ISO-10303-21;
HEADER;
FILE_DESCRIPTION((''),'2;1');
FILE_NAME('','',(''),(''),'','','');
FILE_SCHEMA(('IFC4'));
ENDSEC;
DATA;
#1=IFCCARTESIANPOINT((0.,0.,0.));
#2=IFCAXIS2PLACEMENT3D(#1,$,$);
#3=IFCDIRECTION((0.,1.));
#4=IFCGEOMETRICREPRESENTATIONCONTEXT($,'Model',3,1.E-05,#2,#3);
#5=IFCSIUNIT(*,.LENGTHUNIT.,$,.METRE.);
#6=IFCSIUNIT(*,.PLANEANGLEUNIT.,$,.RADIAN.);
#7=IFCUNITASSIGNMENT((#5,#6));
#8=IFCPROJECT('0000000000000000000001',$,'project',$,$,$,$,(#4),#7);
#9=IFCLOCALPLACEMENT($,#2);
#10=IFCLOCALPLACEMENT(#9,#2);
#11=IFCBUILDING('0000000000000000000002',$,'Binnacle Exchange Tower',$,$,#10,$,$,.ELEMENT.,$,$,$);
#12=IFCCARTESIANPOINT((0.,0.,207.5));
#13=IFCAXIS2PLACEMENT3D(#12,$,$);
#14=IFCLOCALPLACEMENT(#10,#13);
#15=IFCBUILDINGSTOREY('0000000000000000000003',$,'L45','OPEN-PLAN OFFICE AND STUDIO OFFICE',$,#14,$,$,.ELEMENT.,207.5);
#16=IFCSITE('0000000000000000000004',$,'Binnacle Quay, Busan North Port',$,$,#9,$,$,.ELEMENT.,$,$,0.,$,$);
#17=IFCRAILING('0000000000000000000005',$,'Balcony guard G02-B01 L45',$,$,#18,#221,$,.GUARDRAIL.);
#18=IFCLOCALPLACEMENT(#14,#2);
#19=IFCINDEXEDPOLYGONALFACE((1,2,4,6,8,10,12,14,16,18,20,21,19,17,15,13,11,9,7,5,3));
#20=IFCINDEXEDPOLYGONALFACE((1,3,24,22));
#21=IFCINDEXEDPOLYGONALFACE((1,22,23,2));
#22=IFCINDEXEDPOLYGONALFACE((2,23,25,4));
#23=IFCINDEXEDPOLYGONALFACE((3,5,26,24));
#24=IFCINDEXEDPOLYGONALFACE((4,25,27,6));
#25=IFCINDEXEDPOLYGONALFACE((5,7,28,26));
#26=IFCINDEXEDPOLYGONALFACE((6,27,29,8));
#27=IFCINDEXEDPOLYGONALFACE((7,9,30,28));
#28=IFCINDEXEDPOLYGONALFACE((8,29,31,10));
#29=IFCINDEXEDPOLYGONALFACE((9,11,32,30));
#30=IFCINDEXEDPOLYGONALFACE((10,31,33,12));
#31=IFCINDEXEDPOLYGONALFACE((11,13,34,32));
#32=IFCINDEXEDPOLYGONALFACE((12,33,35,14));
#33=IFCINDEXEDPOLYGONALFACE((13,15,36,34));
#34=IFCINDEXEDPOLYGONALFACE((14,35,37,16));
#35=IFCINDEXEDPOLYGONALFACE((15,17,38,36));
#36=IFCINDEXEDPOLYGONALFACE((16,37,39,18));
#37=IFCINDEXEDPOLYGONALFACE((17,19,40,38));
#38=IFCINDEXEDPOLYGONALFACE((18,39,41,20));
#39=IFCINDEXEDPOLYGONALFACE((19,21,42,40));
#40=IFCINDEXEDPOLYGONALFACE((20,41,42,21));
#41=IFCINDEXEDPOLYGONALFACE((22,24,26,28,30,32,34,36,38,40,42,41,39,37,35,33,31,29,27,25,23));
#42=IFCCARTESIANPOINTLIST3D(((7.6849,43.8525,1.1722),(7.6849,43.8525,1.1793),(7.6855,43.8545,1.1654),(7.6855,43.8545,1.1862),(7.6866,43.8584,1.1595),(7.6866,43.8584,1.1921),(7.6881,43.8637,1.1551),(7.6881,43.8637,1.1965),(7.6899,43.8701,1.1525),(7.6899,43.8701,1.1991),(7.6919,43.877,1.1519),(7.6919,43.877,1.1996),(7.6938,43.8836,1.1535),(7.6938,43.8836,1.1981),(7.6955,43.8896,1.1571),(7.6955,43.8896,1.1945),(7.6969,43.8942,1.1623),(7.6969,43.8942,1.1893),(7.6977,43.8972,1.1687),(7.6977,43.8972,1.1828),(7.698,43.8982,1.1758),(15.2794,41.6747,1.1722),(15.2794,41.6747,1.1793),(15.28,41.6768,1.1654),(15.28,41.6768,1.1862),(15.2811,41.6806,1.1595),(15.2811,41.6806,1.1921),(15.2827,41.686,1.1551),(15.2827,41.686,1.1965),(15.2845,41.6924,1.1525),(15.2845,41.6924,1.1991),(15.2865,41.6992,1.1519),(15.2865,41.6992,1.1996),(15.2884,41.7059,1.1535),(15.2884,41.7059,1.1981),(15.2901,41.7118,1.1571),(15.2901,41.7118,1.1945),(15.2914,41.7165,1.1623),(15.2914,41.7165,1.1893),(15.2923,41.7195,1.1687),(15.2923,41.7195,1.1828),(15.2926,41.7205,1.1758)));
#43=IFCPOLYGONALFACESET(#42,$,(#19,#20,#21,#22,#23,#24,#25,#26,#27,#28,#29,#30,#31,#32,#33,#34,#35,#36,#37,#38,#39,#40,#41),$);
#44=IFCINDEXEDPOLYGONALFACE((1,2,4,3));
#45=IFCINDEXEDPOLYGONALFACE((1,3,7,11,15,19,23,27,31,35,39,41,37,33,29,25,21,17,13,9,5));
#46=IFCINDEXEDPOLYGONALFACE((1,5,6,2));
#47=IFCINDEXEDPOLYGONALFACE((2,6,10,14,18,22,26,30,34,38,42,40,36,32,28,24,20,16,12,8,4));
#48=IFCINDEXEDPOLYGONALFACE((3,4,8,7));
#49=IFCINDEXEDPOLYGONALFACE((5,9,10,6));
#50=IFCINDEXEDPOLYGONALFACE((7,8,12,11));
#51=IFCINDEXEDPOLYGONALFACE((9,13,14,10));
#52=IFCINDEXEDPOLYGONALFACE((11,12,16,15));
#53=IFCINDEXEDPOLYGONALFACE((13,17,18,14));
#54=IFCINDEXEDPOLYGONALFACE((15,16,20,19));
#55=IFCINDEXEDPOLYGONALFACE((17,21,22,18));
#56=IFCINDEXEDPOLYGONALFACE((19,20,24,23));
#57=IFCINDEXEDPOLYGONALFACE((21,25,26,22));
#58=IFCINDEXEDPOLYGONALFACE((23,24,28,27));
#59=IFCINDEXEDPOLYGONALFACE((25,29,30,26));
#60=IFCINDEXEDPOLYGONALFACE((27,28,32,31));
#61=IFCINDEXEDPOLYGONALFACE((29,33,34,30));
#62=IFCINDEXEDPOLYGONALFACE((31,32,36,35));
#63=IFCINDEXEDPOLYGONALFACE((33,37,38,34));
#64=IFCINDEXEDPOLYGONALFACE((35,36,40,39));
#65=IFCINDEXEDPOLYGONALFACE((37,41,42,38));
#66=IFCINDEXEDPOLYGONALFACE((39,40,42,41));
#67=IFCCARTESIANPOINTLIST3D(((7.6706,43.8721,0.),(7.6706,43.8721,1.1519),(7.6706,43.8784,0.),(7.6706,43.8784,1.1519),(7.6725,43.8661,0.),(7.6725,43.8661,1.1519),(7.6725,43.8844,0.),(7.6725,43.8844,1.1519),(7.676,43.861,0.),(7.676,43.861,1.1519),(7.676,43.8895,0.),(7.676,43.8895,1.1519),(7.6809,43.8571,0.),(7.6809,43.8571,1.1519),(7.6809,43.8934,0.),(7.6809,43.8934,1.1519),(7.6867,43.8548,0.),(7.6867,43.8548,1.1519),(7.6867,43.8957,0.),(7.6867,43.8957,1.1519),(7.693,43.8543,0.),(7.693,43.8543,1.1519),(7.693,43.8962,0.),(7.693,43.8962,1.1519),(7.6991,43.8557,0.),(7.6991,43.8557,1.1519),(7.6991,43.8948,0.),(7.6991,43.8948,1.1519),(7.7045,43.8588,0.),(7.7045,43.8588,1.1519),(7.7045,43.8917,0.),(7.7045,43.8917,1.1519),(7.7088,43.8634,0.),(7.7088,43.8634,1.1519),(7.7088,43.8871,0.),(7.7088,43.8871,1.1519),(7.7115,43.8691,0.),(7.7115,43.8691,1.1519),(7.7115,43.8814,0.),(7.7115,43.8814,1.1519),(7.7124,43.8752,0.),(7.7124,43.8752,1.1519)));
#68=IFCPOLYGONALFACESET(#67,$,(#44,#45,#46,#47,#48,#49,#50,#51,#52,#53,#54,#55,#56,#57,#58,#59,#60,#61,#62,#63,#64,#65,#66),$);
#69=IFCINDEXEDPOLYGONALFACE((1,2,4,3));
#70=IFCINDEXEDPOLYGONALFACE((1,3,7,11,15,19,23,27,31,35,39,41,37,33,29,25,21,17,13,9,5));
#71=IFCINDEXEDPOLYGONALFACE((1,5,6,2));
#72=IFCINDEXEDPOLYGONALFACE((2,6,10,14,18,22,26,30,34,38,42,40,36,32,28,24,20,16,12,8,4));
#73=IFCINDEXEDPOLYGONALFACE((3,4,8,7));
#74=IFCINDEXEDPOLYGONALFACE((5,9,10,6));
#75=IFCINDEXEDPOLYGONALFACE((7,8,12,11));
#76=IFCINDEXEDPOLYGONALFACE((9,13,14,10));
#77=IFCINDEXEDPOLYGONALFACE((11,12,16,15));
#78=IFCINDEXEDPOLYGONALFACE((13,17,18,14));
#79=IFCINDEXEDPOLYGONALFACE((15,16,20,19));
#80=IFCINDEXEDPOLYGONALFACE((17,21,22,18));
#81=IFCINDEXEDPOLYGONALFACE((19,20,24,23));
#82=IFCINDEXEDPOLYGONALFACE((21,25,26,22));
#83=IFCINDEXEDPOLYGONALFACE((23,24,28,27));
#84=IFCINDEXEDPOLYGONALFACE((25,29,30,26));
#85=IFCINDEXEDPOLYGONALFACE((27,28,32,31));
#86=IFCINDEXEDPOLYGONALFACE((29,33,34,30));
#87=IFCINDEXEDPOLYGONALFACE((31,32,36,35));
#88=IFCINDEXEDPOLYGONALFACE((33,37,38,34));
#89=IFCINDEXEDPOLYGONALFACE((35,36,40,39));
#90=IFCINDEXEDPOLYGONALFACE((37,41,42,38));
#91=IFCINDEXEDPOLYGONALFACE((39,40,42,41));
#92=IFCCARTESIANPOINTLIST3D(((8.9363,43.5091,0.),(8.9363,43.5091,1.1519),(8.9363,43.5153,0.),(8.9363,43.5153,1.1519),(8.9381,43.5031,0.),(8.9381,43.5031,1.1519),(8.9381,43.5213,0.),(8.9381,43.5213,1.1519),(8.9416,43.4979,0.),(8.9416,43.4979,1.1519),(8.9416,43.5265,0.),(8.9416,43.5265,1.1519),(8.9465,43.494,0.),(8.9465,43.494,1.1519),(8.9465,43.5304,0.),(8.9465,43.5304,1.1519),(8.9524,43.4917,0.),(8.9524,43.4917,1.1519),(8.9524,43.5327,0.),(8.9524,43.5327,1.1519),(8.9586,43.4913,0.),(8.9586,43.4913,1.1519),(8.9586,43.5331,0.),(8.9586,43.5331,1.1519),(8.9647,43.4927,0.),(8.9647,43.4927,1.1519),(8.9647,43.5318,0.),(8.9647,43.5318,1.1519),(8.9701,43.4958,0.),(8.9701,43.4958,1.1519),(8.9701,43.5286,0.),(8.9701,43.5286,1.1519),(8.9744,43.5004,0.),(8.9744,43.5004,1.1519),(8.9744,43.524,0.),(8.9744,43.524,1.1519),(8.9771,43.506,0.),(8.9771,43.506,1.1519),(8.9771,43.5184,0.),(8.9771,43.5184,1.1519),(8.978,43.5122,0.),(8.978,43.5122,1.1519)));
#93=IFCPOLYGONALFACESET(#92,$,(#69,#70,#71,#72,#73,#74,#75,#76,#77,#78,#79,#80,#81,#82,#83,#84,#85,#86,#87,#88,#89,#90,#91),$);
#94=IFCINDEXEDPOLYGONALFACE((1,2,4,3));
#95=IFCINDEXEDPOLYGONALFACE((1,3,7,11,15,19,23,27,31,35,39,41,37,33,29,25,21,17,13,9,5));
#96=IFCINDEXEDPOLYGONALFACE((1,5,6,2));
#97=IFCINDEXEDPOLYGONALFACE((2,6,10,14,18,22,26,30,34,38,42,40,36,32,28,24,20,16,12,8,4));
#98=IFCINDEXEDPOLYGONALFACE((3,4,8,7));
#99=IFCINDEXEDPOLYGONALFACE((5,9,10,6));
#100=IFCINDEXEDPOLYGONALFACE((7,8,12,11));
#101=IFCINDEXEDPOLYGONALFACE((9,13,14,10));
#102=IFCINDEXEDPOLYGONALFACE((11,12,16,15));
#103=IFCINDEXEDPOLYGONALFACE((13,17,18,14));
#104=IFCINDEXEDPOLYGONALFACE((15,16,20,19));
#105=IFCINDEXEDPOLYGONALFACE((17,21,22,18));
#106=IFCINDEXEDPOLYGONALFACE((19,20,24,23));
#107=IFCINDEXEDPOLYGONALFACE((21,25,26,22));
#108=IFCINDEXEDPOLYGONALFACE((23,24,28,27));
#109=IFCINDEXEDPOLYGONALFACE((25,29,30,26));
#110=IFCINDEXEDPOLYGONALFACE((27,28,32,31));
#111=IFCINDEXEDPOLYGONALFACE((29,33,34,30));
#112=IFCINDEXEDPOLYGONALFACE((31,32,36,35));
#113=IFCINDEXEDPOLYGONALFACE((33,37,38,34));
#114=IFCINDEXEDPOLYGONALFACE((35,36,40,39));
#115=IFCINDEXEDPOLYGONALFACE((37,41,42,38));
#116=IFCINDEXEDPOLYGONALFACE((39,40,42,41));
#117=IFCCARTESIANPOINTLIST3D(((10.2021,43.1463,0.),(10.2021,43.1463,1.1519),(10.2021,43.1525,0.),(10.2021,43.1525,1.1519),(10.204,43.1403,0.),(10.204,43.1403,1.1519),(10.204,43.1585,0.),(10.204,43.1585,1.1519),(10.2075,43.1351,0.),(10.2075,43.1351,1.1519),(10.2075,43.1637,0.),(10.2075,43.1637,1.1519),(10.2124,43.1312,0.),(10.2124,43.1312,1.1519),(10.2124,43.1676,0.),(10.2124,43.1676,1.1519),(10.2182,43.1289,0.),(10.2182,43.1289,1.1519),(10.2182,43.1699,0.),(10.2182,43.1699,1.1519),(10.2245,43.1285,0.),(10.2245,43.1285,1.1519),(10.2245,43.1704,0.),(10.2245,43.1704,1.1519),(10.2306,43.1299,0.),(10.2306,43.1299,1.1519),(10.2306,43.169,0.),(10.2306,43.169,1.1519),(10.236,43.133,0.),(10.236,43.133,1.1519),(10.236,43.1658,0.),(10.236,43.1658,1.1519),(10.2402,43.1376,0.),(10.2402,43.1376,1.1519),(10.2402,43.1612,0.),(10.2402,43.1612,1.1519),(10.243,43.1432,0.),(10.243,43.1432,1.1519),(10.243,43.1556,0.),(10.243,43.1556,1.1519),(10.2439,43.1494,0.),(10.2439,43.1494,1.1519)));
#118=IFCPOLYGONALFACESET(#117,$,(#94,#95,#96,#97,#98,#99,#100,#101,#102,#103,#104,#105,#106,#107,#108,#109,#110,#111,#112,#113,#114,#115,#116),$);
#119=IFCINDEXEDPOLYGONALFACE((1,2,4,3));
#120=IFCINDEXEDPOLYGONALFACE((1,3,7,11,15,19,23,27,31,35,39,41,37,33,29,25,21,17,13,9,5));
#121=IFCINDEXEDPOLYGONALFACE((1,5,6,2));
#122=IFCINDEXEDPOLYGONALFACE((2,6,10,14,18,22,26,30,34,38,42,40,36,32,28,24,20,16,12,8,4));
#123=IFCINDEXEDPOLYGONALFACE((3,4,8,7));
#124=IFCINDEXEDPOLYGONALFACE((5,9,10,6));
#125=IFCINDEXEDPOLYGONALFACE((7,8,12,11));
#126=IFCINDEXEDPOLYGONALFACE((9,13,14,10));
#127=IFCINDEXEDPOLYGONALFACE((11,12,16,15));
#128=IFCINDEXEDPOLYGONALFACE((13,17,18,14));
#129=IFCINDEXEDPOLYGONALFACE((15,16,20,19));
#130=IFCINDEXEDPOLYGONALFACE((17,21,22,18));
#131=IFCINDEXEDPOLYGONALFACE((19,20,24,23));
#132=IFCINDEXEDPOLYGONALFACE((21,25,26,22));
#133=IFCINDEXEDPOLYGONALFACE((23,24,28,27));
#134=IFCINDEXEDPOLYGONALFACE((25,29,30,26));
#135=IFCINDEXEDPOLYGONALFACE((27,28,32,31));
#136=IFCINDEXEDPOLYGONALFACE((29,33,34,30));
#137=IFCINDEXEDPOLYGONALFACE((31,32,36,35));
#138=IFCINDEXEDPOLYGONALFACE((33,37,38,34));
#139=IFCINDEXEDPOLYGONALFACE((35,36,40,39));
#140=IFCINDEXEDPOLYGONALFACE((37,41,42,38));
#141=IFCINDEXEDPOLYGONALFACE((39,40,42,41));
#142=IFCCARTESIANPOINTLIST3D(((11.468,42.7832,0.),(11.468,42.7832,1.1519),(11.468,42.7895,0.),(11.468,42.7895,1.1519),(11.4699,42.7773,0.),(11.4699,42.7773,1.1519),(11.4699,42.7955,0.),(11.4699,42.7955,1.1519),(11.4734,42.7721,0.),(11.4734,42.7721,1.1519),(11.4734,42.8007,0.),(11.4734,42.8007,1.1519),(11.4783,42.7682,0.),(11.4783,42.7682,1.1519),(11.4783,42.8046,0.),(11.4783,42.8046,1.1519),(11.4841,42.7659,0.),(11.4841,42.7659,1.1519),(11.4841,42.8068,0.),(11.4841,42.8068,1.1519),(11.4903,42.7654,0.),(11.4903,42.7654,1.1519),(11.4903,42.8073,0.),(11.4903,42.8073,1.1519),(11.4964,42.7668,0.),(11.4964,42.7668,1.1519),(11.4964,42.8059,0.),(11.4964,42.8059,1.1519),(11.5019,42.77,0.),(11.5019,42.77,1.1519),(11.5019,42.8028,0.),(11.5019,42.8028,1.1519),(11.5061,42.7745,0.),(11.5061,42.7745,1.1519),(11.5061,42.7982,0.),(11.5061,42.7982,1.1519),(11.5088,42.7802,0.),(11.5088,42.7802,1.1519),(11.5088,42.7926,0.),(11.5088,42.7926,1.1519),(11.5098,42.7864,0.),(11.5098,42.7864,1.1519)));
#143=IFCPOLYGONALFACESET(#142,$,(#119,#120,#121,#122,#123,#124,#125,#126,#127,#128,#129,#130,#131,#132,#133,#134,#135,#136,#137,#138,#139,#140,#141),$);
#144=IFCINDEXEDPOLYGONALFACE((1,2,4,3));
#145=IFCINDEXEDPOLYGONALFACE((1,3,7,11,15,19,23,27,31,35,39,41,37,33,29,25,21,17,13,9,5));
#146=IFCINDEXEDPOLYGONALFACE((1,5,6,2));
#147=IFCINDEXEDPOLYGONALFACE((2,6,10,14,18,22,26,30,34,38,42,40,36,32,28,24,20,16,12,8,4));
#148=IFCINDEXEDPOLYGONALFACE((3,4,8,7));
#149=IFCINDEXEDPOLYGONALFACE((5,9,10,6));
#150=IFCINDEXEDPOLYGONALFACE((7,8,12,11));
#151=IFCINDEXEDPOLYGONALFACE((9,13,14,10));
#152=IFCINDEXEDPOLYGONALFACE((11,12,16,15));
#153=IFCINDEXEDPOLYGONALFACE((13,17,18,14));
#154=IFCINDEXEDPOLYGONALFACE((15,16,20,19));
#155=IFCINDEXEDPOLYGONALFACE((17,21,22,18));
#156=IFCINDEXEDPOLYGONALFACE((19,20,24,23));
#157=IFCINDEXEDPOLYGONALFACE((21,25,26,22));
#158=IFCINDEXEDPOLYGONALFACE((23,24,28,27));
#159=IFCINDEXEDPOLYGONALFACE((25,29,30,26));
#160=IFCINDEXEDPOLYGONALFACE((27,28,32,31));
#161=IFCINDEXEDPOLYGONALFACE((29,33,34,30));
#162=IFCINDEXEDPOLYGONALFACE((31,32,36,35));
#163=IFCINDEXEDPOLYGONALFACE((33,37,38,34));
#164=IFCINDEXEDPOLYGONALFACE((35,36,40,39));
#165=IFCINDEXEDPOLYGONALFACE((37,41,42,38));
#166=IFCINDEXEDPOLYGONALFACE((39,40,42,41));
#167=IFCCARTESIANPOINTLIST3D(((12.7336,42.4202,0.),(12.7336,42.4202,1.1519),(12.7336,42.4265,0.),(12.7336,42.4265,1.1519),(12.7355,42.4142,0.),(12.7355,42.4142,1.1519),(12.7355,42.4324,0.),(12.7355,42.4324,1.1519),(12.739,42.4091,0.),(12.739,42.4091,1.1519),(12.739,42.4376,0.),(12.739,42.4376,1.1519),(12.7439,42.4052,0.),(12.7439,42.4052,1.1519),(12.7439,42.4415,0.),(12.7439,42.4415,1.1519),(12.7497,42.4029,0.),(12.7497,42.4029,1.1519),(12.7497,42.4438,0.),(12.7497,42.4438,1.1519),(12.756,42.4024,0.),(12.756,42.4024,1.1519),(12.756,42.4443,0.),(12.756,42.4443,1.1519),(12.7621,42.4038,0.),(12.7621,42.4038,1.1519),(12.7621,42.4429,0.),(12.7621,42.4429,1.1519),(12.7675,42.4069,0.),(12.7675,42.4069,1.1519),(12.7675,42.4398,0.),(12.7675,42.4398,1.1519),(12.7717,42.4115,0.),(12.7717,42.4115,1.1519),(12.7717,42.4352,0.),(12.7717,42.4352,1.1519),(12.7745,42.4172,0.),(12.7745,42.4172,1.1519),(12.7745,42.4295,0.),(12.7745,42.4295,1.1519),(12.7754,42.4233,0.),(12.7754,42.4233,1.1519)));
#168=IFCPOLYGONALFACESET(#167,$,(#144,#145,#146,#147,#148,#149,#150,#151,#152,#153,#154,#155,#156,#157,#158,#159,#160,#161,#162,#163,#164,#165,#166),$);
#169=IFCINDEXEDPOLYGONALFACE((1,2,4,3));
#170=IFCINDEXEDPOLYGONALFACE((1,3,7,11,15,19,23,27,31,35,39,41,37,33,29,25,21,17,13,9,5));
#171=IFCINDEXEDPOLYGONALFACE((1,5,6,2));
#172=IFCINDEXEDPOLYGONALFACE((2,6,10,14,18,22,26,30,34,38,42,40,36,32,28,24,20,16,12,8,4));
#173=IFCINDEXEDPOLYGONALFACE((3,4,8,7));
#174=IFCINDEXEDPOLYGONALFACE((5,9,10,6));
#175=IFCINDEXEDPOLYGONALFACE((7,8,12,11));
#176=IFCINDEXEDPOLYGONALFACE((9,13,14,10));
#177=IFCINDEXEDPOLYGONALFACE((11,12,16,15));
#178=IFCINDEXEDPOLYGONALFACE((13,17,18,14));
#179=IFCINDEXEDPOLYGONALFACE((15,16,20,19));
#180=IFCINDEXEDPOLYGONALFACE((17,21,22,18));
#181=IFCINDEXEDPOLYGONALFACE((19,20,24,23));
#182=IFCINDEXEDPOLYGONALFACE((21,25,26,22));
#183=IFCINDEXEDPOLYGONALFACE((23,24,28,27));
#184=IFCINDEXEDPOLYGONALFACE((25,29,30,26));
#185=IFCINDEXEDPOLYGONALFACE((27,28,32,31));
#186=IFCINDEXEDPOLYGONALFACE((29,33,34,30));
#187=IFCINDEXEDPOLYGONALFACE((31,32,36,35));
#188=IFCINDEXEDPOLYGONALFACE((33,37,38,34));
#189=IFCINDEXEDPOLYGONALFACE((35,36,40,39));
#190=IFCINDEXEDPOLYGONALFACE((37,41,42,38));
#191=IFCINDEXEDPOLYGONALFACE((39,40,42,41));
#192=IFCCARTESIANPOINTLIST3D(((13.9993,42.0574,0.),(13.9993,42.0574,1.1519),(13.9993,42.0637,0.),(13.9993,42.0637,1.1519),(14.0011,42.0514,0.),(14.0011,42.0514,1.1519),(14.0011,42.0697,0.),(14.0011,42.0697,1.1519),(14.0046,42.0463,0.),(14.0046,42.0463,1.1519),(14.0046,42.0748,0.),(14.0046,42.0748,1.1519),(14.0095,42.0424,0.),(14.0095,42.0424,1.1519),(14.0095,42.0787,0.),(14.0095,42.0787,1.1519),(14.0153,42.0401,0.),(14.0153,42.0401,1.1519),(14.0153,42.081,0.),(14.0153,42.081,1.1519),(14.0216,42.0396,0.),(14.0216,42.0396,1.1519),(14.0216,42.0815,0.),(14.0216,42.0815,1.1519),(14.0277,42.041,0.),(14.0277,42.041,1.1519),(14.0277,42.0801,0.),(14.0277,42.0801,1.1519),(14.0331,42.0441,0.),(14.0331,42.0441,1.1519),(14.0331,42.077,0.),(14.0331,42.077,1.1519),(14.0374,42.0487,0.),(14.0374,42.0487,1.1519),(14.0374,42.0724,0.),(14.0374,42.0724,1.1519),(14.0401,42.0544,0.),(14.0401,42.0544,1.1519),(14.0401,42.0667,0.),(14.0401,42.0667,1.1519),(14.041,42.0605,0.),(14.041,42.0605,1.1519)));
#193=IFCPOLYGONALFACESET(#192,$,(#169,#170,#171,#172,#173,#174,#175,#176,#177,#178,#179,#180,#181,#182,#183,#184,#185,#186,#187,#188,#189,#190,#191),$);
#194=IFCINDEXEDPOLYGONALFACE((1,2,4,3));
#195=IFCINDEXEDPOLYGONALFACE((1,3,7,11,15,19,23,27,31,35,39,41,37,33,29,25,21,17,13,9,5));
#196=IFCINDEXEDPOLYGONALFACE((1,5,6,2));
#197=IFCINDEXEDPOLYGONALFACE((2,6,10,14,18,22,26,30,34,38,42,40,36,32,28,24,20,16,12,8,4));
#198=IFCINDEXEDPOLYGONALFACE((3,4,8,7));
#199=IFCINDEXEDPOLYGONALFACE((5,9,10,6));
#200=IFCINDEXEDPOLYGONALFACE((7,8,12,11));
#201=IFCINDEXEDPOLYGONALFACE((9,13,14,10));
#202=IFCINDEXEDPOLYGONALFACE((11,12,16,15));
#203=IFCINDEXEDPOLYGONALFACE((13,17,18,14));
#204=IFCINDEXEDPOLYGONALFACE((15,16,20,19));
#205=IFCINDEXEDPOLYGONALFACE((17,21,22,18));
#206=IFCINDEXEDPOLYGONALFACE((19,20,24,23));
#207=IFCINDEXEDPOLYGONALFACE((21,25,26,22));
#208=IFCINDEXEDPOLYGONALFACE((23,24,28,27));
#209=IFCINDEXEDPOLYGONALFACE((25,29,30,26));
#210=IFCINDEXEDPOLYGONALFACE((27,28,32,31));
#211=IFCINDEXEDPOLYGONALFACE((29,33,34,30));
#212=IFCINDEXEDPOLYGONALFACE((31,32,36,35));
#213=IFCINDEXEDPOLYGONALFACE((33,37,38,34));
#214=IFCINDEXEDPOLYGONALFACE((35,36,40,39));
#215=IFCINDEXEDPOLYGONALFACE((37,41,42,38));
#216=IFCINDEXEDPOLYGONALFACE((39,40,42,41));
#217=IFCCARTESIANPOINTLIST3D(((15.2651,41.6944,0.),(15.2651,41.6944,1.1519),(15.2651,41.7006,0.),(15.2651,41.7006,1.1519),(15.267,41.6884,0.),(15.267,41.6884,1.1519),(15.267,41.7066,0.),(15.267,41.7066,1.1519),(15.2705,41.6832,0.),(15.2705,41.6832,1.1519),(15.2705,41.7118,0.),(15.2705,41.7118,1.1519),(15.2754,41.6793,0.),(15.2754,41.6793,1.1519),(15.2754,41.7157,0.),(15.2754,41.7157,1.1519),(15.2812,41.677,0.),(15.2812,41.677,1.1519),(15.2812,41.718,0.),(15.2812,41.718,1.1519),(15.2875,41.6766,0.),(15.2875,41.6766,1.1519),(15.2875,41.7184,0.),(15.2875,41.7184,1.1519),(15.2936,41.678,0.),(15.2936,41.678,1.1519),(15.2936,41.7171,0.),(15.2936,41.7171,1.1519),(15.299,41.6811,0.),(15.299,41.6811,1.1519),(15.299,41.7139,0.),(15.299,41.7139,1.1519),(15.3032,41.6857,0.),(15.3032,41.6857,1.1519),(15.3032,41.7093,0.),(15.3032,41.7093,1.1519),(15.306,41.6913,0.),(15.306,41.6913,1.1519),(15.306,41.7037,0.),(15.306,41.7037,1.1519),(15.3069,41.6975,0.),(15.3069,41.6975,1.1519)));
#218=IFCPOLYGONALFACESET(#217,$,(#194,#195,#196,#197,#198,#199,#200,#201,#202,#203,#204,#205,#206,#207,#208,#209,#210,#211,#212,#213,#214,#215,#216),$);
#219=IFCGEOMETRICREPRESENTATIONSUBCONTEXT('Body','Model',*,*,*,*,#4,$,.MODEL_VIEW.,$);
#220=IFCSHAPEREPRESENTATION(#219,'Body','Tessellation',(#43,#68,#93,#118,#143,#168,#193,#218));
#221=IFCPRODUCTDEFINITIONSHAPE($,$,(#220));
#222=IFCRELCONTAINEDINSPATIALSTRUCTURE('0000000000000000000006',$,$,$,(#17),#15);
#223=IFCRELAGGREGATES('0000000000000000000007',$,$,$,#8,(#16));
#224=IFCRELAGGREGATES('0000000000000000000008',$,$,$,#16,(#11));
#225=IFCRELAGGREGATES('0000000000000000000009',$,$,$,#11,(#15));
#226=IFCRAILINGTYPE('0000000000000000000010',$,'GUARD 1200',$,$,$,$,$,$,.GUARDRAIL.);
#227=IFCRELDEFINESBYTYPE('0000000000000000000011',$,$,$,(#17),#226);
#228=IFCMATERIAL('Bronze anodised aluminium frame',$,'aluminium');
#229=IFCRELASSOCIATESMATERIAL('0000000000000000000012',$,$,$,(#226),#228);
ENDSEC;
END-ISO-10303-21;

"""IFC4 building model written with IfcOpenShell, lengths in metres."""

from ifc_helpers import new_model, si_unit, direction, frame, origin, origin_2d, place, context, subcontext, project, spatial, circle, extrude, material, type_object, element, save


model = new_model("IFC4")

# Units and contexts
model_context = context("Model", 3, precision=1e-05, world=origin(), true_north=direction((0.0, 1.0)))
body_context = subcontext(model_context, "Body", "Model", "MODEL_VIEW")
ifc_project = project(units=[si_unit("LENGTHUNIT", "METRE"), si_unit("PLANEANGLEUNIT", "RADIAN")], contexts=[model_context])

# Site, building, storey
site_placement = place(None, origin())
site = spatial("IfcSite", under=ifc_project, at=site_placement, Name="Binnacle Quay, Busan North Port", CompositionType="ELEMENT", RefElevation=0.0)
building_placement = place(site_placement, origin())
building = spatial("IfcBuilding", under=site, at=building_placement, Name="Binnacle Exchange Tower", CompositionType="ELEMENT")
storey_placement = place(building_placement, frame((0.0, 0.0, 207.5)))
storey = spatial("IfcBuildingStorey", under=building, at=storey_placement, Name="L45", Description="OPEN-PLAN OFFICE AND STUDIO OFFICE", CompositionType="ELEMENT", Elevation=207.5)

# Shared definitions
ifc_material_1 = material(Name="Bronze anodised aluminium frame", Category="aluminium")

# Railing
railing_type = type_object("IfcRailingType", Name="GUARD 1200", PredefinedType="GUARDRAIL", material=ifc_material_1)
railing_1_placement = place(storey_placement, frame((7.6914, 43.8752, 0.0)))
element("IfcRailing", 1, at=railing_1_placement, inside=storey, type_object=railing_type, Name="Balcony guard G02-B01 L45", PredefinedType="GUARDRAIL", context=body_context, shape_type="SweptSolid", body=[
    extrude(circle(Radius=0.0239, at=origin_2d()), frame((0.0, 0.0, 1.1758), z_axis=(0.96126, -0.275643, 0.0), x_axis=(0.275643, 0.96126, 0.0)), (0.0, 0.0, 1.0), 7.9006),
    extrude(circle(Radius=0.021, at=origin_2d()), origin(), (0.0, 0.0, 1.0), 1.1519),
    extrude(circle(Radius=0.021, at=origin_2d()), frame((1.2656, -0.363, 0.0)), (0.0, 0.0, 1.0), 1.1519),
    extrude(circle(Radius=0.021, at=origin_2d()), frame((2.5315, -0.7258, 0.0)), (0.0, 0.0, 1.0), 1.1519),
    extrude(circle(Radius=0.021, at=origin_2d()), frame((3.7974, -1.0889, 0.0)), (0.0, 0.0, 1.0), 1.1519),
    extrude(circle(Radius=0.021, at=origin_2d()), frame((5.063, -1.4519, 0.0)), (0.0, 0.0, 1.0), 1.1519),
    extrude(circle(Radius=0.021, at=origin_2d()), frame((6.3286, -1.8147, 0.0)), (0.0, 0.0, 1.0), 1.1519),
    extrude(circle(Radius=0.021, at=origin_2d()), frame((7.5945, -2.1777, 0.0)), (0.0, 0.0, 1.0), 1.1519),
])

save(model, "model.ifc")
